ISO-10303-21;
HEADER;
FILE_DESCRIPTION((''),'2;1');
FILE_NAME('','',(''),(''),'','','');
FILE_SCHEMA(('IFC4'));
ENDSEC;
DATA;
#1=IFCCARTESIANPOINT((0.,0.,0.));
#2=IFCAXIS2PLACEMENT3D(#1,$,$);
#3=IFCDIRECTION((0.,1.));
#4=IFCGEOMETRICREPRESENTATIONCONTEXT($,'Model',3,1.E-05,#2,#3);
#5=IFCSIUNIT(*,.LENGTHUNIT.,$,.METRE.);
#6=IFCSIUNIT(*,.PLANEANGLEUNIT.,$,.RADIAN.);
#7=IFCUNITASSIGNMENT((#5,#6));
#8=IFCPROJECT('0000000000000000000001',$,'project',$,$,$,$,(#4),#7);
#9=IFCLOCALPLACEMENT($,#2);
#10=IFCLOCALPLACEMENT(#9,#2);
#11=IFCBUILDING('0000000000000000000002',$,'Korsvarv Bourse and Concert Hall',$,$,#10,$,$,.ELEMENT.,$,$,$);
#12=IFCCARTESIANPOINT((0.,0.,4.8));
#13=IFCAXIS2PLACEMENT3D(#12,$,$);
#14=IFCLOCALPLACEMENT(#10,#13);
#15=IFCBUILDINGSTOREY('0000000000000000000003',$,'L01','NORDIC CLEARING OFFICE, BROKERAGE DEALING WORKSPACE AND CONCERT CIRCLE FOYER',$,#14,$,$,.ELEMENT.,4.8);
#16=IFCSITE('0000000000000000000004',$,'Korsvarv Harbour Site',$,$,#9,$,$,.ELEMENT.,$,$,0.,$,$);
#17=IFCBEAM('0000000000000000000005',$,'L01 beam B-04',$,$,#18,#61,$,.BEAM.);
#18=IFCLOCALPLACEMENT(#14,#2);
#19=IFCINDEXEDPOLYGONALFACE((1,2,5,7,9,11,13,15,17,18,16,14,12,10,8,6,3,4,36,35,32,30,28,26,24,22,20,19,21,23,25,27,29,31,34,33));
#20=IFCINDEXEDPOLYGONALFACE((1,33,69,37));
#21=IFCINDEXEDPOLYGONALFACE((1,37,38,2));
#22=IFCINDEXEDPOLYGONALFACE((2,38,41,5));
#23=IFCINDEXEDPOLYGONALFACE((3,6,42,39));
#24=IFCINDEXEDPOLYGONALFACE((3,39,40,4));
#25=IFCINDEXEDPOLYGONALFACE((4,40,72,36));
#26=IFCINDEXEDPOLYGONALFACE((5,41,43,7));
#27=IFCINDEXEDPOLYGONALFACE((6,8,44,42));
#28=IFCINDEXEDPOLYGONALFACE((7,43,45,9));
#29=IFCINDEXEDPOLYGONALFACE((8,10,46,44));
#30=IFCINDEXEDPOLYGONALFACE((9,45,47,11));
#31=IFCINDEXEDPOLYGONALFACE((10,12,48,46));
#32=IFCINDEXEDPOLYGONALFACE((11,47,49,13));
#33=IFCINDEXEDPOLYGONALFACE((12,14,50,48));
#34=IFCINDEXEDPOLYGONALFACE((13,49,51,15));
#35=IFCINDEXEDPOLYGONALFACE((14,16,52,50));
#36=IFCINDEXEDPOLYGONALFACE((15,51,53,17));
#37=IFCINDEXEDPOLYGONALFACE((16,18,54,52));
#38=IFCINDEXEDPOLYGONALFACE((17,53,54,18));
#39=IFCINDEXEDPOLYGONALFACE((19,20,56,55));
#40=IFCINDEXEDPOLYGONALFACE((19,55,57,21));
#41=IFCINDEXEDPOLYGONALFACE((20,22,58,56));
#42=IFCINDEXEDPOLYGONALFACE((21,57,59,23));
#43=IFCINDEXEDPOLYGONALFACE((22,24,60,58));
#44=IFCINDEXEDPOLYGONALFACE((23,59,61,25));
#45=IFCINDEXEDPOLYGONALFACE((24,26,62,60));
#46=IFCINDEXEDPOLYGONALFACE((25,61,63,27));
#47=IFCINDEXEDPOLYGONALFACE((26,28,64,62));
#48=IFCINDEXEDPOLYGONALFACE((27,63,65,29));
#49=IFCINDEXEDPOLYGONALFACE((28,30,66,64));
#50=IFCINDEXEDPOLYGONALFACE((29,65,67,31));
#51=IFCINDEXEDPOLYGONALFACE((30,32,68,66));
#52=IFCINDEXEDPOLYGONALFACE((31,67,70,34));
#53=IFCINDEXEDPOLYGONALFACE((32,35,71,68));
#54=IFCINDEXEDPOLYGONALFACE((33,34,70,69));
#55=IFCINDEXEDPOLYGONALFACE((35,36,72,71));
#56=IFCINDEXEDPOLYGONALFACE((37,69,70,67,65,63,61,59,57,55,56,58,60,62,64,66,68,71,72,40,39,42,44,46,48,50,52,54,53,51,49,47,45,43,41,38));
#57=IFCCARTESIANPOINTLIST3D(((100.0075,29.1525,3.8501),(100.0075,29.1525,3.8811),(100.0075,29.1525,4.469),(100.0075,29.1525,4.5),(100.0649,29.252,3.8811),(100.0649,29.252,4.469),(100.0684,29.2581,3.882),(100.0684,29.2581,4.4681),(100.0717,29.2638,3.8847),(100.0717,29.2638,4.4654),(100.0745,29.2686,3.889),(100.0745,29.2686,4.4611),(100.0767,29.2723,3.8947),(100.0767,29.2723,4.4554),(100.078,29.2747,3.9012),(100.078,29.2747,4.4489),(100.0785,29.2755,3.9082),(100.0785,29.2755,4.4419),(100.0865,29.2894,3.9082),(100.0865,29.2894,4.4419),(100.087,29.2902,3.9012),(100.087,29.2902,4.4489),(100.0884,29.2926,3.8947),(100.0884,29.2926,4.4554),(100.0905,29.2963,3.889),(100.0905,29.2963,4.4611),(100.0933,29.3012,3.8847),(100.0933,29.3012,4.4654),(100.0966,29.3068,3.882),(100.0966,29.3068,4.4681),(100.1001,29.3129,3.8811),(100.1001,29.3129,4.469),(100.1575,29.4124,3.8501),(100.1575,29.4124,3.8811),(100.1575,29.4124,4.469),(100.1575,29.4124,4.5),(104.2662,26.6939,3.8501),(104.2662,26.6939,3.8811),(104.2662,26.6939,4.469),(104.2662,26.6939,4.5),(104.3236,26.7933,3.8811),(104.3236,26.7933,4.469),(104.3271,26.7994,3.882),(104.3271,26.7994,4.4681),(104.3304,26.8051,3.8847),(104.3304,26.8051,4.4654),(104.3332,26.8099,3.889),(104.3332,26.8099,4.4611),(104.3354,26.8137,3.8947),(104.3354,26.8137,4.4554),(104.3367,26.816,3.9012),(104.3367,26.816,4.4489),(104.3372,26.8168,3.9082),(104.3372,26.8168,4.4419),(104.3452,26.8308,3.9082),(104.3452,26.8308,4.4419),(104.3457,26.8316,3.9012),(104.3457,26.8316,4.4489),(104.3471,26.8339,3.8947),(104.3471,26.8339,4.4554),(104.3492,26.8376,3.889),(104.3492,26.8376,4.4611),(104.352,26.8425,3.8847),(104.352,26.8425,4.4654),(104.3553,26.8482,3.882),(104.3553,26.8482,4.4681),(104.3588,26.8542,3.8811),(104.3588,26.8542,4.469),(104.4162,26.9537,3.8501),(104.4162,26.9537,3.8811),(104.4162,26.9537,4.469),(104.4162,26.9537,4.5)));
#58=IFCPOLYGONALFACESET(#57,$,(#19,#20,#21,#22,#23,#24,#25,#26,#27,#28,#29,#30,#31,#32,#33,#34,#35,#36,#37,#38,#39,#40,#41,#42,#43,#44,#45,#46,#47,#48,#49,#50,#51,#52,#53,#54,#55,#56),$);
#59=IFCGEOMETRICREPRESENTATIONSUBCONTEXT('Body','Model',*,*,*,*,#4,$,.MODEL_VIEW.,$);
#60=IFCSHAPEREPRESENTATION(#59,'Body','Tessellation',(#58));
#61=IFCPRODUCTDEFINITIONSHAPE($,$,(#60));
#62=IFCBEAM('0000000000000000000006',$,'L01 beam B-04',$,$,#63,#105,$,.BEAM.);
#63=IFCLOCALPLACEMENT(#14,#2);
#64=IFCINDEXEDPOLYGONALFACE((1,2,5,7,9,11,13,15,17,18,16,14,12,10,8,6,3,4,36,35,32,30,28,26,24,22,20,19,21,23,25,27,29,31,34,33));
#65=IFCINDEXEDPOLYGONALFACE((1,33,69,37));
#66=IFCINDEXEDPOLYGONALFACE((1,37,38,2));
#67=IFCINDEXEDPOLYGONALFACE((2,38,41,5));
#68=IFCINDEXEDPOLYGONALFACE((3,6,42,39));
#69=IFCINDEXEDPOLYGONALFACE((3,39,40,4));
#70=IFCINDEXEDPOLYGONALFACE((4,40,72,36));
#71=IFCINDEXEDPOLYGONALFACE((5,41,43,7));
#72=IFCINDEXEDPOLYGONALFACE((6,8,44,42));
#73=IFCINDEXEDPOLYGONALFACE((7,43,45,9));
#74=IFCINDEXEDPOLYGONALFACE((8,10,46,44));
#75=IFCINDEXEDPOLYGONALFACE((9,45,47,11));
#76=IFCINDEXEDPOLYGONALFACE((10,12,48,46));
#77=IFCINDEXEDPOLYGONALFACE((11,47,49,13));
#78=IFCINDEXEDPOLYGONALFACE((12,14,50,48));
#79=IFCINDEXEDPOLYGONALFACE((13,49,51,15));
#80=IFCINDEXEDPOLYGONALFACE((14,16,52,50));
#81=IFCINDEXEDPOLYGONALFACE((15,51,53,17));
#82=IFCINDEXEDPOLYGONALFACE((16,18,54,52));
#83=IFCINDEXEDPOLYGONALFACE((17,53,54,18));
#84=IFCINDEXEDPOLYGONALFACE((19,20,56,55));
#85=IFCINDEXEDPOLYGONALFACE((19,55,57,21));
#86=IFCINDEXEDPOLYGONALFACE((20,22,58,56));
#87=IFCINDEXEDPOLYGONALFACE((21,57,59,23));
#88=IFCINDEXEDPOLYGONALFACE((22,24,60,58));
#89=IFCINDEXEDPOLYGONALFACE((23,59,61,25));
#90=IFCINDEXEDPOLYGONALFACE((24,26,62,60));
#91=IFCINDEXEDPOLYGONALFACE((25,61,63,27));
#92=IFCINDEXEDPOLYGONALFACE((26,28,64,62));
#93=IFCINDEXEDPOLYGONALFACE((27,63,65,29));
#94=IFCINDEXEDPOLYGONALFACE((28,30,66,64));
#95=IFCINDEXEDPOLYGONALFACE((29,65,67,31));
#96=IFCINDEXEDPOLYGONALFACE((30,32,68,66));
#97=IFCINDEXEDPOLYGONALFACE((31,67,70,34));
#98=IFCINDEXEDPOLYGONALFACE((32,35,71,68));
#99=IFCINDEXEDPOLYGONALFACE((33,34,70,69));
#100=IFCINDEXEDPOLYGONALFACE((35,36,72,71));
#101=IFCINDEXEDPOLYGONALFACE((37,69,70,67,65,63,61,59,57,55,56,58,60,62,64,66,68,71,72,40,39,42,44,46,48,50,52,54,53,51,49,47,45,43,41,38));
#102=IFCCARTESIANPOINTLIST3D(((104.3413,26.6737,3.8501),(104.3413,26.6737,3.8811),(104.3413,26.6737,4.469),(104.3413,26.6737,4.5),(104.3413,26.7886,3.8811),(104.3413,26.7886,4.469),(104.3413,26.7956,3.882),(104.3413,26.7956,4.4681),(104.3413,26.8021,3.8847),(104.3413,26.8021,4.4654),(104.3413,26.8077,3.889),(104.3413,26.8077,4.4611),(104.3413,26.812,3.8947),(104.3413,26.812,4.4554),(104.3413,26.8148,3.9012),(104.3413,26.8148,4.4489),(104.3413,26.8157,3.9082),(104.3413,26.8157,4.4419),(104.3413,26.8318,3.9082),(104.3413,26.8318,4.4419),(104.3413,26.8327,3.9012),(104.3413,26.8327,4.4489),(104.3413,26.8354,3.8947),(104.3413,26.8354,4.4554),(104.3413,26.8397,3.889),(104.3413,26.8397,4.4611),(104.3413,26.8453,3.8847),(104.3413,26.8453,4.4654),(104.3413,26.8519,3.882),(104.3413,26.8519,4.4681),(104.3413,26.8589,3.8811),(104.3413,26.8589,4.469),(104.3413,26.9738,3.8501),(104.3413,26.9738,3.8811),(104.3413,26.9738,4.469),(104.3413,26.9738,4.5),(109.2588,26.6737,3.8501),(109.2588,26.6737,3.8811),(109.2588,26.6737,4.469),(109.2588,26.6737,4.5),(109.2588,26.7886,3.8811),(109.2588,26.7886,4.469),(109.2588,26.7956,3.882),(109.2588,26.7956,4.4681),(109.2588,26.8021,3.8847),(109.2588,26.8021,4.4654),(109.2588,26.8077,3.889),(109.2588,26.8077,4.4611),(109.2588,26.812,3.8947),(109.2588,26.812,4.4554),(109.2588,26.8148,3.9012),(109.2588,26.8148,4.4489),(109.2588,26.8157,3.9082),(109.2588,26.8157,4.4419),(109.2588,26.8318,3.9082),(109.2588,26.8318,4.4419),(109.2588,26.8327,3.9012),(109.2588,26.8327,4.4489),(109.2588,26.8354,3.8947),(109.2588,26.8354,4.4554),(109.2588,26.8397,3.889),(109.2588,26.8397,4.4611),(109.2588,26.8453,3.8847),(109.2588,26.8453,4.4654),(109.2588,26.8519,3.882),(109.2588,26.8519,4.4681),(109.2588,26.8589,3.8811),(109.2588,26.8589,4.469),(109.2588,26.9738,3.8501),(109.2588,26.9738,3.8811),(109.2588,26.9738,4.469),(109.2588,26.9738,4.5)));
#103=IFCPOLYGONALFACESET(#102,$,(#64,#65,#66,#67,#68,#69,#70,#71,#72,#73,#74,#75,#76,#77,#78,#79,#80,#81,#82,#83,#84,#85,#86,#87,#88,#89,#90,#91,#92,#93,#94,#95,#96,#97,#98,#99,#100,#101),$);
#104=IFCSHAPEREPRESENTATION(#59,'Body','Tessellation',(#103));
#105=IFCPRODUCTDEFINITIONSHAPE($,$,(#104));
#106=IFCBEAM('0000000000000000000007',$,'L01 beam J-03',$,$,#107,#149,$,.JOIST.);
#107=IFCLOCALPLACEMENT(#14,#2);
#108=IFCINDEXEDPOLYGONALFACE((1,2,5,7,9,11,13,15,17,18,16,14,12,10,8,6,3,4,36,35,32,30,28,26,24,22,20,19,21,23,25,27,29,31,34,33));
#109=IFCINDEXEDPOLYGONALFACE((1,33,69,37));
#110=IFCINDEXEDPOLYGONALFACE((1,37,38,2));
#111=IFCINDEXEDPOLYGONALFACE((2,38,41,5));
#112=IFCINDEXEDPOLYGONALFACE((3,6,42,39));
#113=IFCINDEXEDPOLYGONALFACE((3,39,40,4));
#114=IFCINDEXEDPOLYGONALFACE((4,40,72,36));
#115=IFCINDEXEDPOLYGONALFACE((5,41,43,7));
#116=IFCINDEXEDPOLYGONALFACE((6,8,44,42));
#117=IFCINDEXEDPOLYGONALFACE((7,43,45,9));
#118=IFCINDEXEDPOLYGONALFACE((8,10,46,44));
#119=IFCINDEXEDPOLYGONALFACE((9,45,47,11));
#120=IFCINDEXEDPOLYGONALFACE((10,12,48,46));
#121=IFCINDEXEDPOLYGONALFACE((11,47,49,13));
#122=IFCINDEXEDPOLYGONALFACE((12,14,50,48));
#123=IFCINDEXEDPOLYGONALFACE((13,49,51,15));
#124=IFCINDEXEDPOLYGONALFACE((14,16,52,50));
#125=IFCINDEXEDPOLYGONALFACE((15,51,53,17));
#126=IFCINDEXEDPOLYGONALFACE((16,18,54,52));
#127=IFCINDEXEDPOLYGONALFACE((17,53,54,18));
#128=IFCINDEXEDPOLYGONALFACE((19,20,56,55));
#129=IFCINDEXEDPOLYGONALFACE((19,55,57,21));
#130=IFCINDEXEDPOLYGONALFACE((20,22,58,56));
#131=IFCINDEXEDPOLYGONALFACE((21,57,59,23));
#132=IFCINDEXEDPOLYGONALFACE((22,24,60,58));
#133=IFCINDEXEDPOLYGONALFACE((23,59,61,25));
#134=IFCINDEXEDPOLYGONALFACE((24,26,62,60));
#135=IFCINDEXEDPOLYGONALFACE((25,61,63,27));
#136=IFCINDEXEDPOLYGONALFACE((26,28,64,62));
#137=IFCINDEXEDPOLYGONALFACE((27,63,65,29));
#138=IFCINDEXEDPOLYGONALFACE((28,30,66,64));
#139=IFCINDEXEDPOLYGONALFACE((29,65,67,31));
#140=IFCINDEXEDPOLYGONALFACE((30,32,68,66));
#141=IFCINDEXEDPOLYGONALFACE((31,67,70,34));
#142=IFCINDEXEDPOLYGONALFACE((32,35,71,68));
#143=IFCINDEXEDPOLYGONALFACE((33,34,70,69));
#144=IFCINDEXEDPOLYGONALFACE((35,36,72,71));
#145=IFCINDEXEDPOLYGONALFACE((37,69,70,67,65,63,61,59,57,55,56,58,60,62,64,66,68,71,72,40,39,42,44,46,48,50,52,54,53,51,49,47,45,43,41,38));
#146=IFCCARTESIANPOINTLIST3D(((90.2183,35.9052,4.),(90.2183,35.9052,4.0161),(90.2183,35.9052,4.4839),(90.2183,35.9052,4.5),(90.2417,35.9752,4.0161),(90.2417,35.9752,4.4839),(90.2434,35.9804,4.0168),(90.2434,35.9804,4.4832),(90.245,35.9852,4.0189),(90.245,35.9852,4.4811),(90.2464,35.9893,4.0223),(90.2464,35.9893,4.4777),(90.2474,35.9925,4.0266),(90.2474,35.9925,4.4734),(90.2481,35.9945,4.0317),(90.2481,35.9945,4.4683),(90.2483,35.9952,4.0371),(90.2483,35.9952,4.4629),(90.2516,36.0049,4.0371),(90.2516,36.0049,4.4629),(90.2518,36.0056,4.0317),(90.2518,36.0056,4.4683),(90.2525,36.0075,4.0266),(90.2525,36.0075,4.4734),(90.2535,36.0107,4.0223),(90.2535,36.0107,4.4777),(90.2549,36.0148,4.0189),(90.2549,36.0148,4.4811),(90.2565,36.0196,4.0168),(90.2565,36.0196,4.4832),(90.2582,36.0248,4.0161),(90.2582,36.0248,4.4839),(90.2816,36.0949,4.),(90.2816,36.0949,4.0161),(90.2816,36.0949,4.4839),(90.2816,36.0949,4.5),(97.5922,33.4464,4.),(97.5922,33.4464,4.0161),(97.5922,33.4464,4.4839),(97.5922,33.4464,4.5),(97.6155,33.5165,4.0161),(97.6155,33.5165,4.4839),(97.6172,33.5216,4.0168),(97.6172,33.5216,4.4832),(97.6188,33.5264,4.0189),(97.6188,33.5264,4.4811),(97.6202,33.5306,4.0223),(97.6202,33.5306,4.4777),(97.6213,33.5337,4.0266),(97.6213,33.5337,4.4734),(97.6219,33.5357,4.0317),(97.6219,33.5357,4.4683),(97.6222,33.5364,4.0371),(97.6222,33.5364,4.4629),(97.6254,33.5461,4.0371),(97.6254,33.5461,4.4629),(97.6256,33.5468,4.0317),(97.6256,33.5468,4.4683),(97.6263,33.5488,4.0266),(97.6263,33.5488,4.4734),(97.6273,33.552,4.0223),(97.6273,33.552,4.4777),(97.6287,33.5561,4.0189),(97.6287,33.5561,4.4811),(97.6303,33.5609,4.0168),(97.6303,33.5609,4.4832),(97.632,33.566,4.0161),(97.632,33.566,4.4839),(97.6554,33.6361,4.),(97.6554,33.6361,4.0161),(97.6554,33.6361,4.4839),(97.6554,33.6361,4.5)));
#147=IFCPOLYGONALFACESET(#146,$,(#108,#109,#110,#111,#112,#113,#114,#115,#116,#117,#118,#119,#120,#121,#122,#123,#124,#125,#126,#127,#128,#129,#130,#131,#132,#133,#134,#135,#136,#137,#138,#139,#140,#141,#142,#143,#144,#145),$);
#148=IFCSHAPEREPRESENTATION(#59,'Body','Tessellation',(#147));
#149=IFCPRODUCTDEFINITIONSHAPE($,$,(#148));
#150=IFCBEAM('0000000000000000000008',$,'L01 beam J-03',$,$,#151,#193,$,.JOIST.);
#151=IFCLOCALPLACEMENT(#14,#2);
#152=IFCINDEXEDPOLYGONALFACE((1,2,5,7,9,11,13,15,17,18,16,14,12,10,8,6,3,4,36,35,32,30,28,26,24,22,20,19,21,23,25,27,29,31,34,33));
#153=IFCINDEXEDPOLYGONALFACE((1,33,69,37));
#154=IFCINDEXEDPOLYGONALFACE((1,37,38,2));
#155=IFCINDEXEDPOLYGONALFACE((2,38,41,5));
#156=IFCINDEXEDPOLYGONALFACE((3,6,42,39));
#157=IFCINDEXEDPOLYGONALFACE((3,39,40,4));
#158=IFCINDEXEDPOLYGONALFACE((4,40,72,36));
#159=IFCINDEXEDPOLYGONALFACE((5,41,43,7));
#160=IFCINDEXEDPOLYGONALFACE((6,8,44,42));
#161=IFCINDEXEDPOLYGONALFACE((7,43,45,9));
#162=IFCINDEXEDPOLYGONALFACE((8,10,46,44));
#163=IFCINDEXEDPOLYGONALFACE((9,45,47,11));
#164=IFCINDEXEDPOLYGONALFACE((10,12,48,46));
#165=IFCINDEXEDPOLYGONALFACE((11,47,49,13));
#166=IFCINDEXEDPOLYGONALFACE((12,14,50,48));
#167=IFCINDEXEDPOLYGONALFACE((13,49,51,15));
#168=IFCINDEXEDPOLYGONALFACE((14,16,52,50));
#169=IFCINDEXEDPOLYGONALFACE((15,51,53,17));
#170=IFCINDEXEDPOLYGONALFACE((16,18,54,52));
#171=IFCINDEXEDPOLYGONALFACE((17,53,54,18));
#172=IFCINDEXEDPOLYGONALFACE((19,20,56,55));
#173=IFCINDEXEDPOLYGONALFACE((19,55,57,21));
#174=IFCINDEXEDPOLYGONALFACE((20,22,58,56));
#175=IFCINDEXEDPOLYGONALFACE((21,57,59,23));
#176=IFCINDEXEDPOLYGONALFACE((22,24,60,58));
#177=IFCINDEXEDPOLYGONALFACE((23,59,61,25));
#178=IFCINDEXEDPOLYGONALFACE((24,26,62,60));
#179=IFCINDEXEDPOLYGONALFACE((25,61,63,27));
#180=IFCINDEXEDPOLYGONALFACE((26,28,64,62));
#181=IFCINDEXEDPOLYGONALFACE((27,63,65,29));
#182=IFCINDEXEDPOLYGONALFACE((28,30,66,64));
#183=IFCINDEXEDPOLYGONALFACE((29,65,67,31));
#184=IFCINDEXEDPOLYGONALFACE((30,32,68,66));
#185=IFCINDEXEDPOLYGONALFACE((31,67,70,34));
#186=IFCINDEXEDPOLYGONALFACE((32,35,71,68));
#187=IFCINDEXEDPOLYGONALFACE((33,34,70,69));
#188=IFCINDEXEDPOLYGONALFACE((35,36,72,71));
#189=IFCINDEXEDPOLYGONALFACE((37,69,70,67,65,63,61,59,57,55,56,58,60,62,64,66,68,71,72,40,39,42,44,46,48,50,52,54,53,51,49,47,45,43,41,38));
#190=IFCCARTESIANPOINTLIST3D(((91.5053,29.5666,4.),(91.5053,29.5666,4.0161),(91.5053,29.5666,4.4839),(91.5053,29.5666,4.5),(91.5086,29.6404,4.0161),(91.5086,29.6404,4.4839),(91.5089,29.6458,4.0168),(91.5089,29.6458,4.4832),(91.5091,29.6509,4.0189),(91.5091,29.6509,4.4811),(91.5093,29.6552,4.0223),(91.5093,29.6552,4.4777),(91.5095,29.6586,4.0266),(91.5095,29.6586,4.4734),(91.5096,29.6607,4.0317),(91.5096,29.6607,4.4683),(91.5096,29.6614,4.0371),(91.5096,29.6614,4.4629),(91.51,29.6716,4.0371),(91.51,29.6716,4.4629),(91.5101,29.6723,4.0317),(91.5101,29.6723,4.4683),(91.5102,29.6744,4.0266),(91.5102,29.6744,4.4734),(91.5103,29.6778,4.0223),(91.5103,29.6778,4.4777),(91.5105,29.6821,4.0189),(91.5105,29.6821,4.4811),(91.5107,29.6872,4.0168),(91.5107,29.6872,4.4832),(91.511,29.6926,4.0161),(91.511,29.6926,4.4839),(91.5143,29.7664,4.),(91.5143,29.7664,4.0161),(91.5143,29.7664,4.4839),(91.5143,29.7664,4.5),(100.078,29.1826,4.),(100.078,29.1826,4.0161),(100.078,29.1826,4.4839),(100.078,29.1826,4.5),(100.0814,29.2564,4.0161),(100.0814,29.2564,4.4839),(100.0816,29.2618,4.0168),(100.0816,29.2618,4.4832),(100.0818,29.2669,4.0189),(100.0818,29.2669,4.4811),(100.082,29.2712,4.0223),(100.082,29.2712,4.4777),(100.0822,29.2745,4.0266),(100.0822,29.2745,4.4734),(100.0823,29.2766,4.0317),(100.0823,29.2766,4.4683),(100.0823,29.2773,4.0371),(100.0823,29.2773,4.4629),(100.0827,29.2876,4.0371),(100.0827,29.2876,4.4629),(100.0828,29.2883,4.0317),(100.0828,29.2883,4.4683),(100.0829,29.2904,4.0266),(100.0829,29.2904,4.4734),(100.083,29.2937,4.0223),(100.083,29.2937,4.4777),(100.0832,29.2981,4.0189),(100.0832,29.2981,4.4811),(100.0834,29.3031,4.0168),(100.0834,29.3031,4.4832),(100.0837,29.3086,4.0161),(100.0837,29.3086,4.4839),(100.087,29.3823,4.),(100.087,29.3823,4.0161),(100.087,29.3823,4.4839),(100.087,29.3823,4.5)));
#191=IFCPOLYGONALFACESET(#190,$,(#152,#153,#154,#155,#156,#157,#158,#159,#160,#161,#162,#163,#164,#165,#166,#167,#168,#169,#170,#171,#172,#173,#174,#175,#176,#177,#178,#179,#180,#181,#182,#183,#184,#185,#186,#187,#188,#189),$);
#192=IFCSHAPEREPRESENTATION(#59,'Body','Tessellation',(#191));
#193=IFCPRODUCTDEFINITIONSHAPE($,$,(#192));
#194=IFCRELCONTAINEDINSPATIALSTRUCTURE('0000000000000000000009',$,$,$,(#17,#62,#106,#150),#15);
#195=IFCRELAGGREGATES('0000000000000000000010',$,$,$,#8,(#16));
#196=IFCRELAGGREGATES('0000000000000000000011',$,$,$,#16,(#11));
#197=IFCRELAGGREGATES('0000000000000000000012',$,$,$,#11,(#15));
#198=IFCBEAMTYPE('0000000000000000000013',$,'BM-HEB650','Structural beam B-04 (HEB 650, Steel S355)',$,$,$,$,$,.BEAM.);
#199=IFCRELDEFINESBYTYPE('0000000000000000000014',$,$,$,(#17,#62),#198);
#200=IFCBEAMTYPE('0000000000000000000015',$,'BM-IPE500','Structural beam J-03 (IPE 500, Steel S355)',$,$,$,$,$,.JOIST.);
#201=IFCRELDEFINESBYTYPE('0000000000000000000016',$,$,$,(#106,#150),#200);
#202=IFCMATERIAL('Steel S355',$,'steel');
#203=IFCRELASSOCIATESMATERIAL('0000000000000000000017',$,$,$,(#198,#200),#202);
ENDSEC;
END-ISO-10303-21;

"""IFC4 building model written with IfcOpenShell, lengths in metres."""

from ifc_helpers import new_model, si_unit, direction, frame, origin, origin_2d, place, context, subcontext, project, spatial, i_section, extrude, source, transform, mapped, material, material_profile, profile_set, type_object, element, save


model = new_model("IFC4")

# Units and contexts
model_context = context("Model", 3, precision=1e-05, world=origin(), true_north=direction((0.0, 1.0)))
body_context = subcontext(model_context, "Body", "Model", "MODEL_VIEW")
ifc_project = project(units=[si_unit("LENGTHUNIT", "METRE"), si_unit("PLANEANGLEUNIT", "RADIAN")], contexts=[model_context])

# Site, building, storey
site_placement = place(None, origin())
site = spatial("IfcSite", under=ifc_project, at=site_placement, Name="Korsvarv Harbour Site", CompositionType="ELEMENT", RefElevation=0.0)
building_placement = place(site_placement, origin())
building = spatial("IfcBuilding", under=site, at=building_placement, Name="Korsvarv Bourse and Concert Hall", CompositionType="ELEMENT")
storey_placement = place(building_placement, frame((0.0, 0.0, 4.8)))
storey = spatial("IfcBuildingStorey", under=building, at=storey_placement, Name="L01", Description="NORDIC CLEARING OFFICE, BROKERAGE DEALING WORKSPACE AND CONCERT CIRCLE FOYER", CompositionType="ELEMENT", Elevation=4.8)

# Beams
ifc_material_1 = material(Name="Steel S355", Category="steel")
ifc_material_profile_1 = material_profile(ifc_material_1, i_section(OverallWidth=0.3, OverallDepth=0.6499, WebThickness=0.0161, FlangeThickness=0.031, FilletRadius=0.0271, at=origin_2d()), Name="HEB 650")
ifc_profile_set_1 = profile_set([ifc_material_profile_1], Name="Steel S355")
beam_type_1 = type_object("IfcBeamType", Name="BM-HEB650", Description="Structural beam B-04 (HEB 650, Steel S355)", PredefinedType="BEAM", material=ifc_profile_set_1)
shared_shape_1 = source(origin(), body_context, "Body", "SweptSolid", [
    extrude(i_section(OverallWidth=0.3, OverallDepth=0.6499, WebThickness=0.0161, FlangeThickness=0.031, FilletRadius=0.0271, at=origin_2d()), origin(), (0.0, 0.0, 1.0), 4.9175),
])
for number, where, z_axis, x_axis, name in (
    (1, (100.0825, 29.2825, 4.175), (0.866032, -0.499989, 0.0), (0.499989, 0.866032, 0.0), "L01 beam B-04"),
    (2, (104.3413, 26.8237, 4.175), (1.0, 0.0, 0.0), (0.0, 1.0, 0.0), "L01 beam B-04"),
):
    element("IfcBeam", number, at=place(storey_placement, frame(where, z_axis=z_axis, x_axis=x_axis)), inside=storey, type_object=beam_type_1, Name=name, PredefinedType="BEAM", context=body_context, shape_type="MappedRepresentation", body=[
        mapped(shared_shape_1, transform((0.0, 0.0, 0.0), scale=1.0)),
    ])
ifc_material_profile_2 = material_profile(ifc_material_1, i_section(OverallWidth=0.2, OverallDepth=0.5, WebThickness=0.0103, FlangeThickness=0.0161, FilletRadius=0.021, at=origin_2d()), Name="IPE 500")
ifc_profile_set_2 = profile_set([ifc_material_profile_2], Name="Steel S355")
beam_type_2 = type_object("IfcBeamType", Name="BM-IPE500", Description="Structural beam J-03 (IPE 500, Steel S355)", PredefinedType="JOIST", material=ifc_profile_set_2)
shared_shape_2 = source(origin(), body_context, "Body", "SweptSolid", [
    extrude(i_section(OverallWidth=0.2, OverallDepth=0.5, WebThickness=0.0103, FlangeThickness=0.0161, FilletRadius=0.021, at=origin_2d()), origin(), (0.0, 0.0, 1.0), 7.7729),
])
beam_1_placement = place(storey_placement, frame((97.6238, 33.5413, 4.25), z_axis=(-0.948652, 0.316322, 0.0), x_axis=(-0.316322, -0.948652, 0.0)))
element("IfcBeam", 3, at=beam_1_placement, inside=storey, type_object=beam_type_2, Name="L01 beam J-03", PredefinedType="JOIST", context=body_context, shape_type="MappedRepresentation", body=[
    mapped(shared_shape_2, transform((0.0, 0.0, 0.0), scale=1.0)),
])
shared_shape_3 = source(origin(), body_context, "Body", "SweptSolid", [
    extrude(i_section(OverallWidth=0.2, OverallDepth=0.5, WebThickness=0.0103, FlangeThickness=0.0161, FilletRadius=0.021, at=origin_2d()), origin(), (0.0, 0.0, 1.0), 8.5813),
])
beam_2_placement = place(storey_placement, frame((100.0825, 29.2825, 4.25), z_axis=(-0.998998, 0.044752, 0.0), x_axis=(-0.044752, -0.998998, 0.0)))
element("IfcBeam", 4, at=beam_2_placement, inside=storey, type_object=beam_type_2, Name="L01 beam J-03", PredefinedType="JOIST", context=body_context, shape_type="MappedRepresentation", body=[
    mapped(shared_shape_3, transform((0.0, 0.0, 0.0), scale=1.0)),
])

save(model, "model.ifc")
